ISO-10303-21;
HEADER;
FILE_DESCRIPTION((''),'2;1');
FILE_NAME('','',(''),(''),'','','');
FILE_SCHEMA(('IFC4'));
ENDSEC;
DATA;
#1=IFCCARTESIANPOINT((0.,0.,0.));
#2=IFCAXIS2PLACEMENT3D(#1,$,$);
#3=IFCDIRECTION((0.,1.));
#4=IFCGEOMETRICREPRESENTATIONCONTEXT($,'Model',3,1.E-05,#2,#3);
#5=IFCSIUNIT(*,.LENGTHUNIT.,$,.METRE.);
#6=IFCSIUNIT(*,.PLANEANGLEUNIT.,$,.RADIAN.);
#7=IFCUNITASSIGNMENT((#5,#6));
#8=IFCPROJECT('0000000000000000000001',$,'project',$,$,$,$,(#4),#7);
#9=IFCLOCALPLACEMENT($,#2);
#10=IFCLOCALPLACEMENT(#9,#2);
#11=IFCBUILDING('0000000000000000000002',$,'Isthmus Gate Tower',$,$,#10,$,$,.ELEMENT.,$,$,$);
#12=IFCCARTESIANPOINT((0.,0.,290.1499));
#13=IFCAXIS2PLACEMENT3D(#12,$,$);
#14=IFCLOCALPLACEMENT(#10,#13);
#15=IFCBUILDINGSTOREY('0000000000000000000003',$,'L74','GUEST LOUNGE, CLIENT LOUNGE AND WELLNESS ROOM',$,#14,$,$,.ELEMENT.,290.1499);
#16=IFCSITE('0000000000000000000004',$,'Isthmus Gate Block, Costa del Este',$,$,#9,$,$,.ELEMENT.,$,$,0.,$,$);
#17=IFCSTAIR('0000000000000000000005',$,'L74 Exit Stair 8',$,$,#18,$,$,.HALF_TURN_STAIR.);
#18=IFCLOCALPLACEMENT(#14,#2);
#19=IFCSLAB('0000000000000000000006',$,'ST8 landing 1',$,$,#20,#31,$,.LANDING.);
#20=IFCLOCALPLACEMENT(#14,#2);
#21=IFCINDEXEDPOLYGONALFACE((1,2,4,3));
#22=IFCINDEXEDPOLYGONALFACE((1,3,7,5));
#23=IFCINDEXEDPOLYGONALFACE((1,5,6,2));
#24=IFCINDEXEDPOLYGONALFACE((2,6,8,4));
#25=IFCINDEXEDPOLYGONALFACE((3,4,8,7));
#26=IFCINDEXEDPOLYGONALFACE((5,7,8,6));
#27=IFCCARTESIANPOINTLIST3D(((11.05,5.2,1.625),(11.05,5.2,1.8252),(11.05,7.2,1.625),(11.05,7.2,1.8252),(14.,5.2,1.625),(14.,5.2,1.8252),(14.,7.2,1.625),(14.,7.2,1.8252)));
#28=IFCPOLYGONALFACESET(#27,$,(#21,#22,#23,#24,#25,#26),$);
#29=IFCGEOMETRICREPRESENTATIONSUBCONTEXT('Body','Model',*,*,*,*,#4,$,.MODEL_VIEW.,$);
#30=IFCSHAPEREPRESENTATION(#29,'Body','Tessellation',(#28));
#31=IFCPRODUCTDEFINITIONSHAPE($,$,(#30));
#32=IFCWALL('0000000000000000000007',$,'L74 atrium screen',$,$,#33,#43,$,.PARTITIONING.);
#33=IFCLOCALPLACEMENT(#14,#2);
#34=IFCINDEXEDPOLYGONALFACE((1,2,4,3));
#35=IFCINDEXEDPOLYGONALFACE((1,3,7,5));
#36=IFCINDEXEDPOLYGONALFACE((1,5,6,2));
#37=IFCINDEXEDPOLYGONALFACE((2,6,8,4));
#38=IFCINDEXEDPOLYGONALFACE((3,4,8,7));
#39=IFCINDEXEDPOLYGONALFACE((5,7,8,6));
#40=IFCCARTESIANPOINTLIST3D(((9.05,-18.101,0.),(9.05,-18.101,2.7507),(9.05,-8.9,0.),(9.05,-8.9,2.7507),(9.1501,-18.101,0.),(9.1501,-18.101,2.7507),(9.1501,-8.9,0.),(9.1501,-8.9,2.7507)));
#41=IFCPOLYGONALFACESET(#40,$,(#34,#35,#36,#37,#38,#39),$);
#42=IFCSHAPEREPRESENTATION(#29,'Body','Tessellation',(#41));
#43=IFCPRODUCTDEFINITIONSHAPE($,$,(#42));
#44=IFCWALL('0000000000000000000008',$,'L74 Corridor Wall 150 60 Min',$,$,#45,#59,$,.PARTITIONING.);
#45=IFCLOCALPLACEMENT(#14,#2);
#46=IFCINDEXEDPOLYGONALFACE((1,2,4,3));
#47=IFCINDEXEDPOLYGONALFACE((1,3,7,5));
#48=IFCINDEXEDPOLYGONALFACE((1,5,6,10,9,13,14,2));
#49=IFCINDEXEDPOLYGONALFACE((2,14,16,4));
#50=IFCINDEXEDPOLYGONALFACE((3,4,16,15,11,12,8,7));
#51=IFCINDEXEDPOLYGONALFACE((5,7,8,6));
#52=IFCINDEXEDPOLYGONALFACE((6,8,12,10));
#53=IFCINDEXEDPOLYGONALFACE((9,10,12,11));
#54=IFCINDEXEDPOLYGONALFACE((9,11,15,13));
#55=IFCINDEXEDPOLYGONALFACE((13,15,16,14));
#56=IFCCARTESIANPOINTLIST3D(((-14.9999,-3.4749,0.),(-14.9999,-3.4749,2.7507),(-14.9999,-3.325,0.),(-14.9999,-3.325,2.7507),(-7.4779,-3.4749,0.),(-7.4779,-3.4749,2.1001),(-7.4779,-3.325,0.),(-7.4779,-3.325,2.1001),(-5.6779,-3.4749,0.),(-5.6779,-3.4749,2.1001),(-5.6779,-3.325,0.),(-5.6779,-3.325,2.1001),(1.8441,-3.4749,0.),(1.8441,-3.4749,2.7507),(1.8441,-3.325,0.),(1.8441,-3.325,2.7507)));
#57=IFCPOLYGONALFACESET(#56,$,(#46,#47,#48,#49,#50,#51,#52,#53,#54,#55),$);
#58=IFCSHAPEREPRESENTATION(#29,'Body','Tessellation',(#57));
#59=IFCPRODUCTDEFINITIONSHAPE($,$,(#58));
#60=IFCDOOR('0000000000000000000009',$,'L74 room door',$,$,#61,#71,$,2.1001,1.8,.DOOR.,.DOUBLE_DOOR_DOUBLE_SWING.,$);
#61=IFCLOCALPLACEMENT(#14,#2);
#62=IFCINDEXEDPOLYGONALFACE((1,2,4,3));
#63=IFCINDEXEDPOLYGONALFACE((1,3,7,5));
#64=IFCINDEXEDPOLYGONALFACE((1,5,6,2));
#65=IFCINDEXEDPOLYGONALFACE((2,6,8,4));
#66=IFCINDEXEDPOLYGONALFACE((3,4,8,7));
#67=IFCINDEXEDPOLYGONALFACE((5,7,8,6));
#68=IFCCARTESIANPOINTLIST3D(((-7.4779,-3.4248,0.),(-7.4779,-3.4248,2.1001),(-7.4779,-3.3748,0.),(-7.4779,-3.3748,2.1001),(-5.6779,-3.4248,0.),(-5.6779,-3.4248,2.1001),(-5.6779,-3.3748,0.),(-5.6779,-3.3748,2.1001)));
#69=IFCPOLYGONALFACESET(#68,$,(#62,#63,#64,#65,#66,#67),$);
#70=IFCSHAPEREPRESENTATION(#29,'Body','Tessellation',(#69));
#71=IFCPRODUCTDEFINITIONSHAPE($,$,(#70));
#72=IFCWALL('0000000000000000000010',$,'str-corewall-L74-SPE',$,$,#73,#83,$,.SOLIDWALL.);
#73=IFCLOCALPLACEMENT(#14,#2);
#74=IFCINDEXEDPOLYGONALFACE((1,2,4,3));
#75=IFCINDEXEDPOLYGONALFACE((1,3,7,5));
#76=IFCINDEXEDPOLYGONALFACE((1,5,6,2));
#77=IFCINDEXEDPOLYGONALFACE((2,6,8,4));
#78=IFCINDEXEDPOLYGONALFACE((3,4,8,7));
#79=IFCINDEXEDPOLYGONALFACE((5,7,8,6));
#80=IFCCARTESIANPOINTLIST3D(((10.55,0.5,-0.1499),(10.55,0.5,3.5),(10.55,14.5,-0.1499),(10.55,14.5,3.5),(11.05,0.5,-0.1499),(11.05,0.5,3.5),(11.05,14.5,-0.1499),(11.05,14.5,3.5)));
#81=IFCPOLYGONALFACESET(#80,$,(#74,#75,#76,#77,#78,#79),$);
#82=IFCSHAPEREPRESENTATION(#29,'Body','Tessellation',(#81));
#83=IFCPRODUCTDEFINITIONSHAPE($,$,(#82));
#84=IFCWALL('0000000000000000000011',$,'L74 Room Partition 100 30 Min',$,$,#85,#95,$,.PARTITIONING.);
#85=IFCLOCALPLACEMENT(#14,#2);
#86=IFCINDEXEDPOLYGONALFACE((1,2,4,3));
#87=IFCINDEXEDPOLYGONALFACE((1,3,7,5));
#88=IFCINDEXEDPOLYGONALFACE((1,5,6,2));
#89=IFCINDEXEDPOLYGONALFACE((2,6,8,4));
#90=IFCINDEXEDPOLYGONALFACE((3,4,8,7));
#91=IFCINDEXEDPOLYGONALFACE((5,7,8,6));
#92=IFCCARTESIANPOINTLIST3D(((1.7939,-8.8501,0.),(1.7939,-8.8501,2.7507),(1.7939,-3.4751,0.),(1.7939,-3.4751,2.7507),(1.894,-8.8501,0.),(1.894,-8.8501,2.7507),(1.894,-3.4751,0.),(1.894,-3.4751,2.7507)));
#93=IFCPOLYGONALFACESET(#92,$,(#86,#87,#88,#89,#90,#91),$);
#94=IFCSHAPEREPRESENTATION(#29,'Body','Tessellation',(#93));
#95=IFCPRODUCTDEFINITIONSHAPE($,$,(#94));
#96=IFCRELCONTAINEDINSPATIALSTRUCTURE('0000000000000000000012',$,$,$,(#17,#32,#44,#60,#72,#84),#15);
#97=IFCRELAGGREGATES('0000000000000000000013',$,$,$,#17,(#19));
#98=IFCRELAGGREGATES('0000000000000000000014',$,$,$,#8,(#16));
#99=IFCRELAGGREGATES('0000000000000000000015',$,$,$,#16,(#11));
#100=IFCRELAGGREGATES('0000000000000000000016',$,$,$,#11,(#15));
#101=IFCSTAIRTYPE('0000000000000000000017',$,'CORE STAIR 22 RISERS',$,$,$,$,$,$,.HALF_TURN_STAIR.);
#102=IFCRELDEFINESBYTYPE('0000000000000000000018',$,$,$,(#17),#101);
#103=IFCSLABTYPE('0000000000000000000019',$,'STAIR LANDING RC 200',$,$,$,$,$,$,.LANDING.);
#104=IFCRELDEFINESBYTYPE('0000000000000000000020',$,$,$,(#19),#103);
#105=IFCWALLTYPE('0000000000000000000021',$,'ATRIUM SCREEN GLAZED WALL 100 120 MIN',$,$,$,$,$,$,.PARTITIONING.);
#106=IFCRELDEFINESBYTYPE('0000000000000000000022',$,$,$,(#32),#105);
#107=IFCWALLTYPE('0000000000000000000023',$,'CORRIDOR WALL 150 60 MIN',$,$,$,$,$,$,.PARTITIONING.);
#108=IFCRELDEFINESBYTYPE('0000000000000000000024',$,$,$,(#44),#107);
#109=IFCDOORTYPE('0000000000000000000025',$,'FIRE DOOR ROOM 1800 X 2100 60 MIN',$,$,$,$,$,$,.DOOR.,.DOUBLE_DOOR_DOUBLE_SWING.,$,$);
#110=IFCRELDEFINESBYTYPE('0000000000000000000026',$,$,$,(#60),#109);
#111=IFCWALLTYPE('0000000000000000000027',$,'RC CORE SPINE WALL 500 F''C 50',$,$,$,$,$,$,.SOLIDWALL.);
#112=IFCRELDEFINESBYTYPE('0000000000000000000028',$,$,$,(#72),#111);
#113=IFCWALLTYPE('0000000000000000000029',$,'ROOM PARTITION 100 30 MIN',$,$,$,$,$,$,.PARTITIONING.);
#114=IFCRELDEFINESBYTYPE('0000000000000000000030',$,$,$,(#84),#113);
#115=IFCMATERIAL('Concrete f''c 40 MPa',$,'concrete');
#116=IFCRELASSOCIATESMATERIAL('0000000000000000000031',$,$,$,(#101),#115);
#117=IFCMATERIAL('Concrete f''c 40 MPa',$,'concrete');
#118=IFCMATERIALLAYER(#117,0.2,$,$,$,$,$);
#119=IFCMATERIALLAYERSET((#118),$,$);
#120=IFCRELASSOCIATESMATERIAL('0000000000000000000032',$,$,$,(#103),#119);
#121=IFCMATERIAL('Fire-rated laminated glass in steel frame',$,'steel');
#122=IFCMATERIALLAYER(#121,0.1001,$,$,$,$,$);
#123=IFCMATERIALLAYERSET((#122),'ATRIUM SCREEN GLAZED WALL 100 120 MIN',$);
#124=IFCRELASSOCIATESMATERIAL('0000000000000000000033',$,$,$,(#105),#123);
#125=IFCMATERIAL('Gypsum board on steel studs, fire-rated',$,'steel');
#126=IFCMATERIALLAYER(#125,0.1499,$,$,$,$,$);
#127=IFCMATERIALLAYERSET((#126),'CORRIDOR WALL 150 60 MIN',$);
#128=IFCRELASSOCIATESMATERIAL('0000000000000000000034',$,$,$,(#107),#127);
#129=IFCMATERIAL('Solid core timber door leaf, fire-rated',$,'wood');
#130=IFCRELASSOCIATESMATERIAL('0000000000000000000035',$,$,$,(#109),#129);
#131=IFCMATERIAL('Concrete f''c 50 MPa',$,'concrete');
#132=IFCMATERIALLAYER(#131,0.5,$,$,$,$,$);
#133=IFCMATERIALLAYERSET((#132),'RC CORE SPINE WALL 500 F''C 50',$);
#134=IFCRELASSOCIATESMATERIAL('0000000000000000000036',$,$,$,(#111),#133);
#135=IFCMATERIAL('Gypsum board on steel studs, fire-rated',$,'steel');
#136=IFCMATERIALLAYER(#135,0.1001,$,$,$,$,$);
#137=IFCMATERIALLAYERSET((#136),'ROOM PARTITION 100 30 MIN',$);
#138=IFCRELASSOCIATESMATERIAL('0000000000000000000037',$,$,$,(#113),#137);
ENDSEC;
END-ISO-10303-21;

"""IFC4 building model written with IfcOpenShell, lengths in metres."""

from ifc_helpers import new_model, si_unit, direction, frame, frame_2d, origin, place, context, subcontext, project, spatial, polyline, rectangle, outline, extrude, material, layer, layer_set, type_object, element, fill, aggregate, save


model = new_model("IFC4")

# Units and contexts
model_context = context("Model", 3, precision=1e-05, world=origin(), true_north=direction((0.0, 1.0)))
body_context = subcontext(model_context, "Body", "Model", "MODEL_VIEW")
ifc_project = project(units=[si_unit("LENGTHUNIT", "METRE"), si_unit("PLANEANGLEUNIT", "RADIAN")], contexts=[model_context])

# Site, building, storey
site_placement = place(None, origin())
site = spatial("IfcSite", under=ifc_project, at=site_placement, Name="Isthmus Gate Block, Costa del Este", CompositionType="ELEMENT", RefElevation=0.0)
building_placement = place(site_placement, origin())
building = spatial("IfcBuilding", under=site, at=building_placement, Name="Isthmus Gate Tower", CompositionType="ELEMENT")
storey_placement = place(building_placement, frame((0.0, 0.0, 290.1499)))
storey = spatial("IfcBuildingStorey", under=building, at=storey_placement, Name="L74", Description="GUEST LOUNGE, CLIENT LOUNGE AND WELLNESS ROOM", CompositionType="ELEMENT", Elevation=290.1499)

# Stair, slab
ifc_material_1 = material(Name="Concrete f'c 40 MPa", Category="concrete")
stair_type = type_object("IfcStairType", Name="CORE STAIR 22 RISERS", PredefinedType="HALF_TURN_STAIR", material=ifc_material_1)
ifc_material_2 = material(Name="Concrete f'c 40 MPa", Category="concrete")
ifc_layer_1 = layer(ifc_material_2, 0.2)
ifc_layer_set_1 = layer_set([ifc_layer_1])
slab_type_1 = type_object("IfcSlabType", Name="STAIR LANDING RC 200", PredefinedType="LANDING", material=ifc_layer_set_1)
stair_1_placement = place(storey_placement, origin())
stair_1 = element("IfcStair", 1, at=stair_1_placement, inside=storey, type_object=stair_type, Name="L74 Exit Stair 8", PredefinedType="HALF_TURN_STAIR")
slab_1_placement = place(storey_placement, frame((0.0, 0.0, 1.625)))
slab_1 = element("IfcSlab", 2, at=slab_1_placement, type_object=slab_type_1, Name="ST8 landing 1", PredefinedType="LANDING", context=body_context, shape_type="SweptSolid", body=[
    extrude(outline(polyline([(14.0, 5.2), (14.0, 7.2), (11.05, 7.2), (11.05, 5.2), (14.0, 5.2)])), origin(), (0.0, 0.0, 1.0), 0.2002),
])
aggregate(stair_1, [slab_1])

# Wall
ifc_material_3 = material(Name="Fire-rated laminated glass in steel frame", Category="steel")
ifc_layer_2 = layer(ifc_material_3, 0.1001)
ifc_layer_set_2 = layer_set([ifc_layer_2], Name="ATRIUM SCREEN GLAZED WALL 100 120 MIN")
wall_type_1 = type_object("IfcWallType", Name="ATRIUM SCREEN GLAZED WALL 100 120 MIN", PredefinedType="PARTITIONING", material=ifc_layer_set_2)
wall_1_placement = place(storey_placement, frame((9.1001, -8.8999, 0.0), z_axis=(0.0, 0.0, 1.0), x_axis=(0.0, -1.0, 0.0)))
element("IfcWall", 3, at=wall_1_placement, inside=storey, type_object=wall_type_1, Name="L74 atrium screen", PredefinedType="PARTITIONING", context=body_context, shape_type="SweptSolid", body=[
    extrude(rectangle(XDim=9.2009, YDim=0.1001, at=frame_2d((4.6006, 0.0))), origin(), (0.0, 0.0, 1.0), 2.7507),
])

# Wall, opening, door
ifc_material_4 = material(Name="Gypsum board on steel studs, fire-rated", Category="steel")
ifc_layer_3 = layer(ifc_material_4, 0.1499)
ifc_layer_set_3 = layer_set([ifc_layer_3], Name="CORRIDOR WALL 150 60 MIN")
wall_type_2 = type_object("IfcWallType", Name="CORRIDOR WALL 150 60 MIN", PredefinedType="PARTITIONING", material=ifc_layer_set_3)
wall_2_placement = place(storey_placement, frame((1.844, -3.3999, 0.0), z_axis=(0.0, 0.0, 1.0), x_axis=(-1.0, 0.0, 0.0)))
wall_2 = element("IfcWall", 4, at=wall_2_placement, inside=storey, type_object=wall_type_2, Name="L74 Corridor Wall 150 60 Min", PredefinedType="PARTITIONING", context=body_context, shape_type="SweptSolid", body=[
    extrude(rectangle(XDim=16.844, YDim=0.1499, at=frame_2d((8.4219, 0.0))), origin(), (0.0, 0.0, 1.0), 2.7507),
])
opening_placement = place(wall_2_placement, frame((7.522, 0.0, 0.0)))
opening = element("IfcOpeningElement", 5, at=opening_placement, cuts=wall_2, PredefinedType="OPENING", context=body_context, shape_type="SweptSolid", body=[
    extrude(rectangle(XDim=1.8, YDim=2.1001, at=frame_2d((0.8999, 1.05))), frame((0.0, 0.085, 0.0), z_axis=(0.0, -1.0, 0.0), x_axis=(1.0, 0.0, 0.0)), (0.0, 0.0, 1.0), 0.1699),
])
ifc_material_5 = material(Name="Solid core timber door leaf, fire-rated", Category="wood")
door_type = type_object("IfcDoorType", Name="FIRE DOOR ROOM 1800 X 2100 60 MIN", OperationType="DOUBLE_DOOR_DOUBLE_SWING", PredefinedType="DOOR", material=ifc_material_5)
door_placement = place(opening_placement, origin())
door = element("IfcDoor", 6, at=door_placement, inside=storey, type_object=door_type, Name="L74 room door", OperationType="DOUBLE_DOOR_DOUBLE_SWING", OverallHeight=2.1001, OverallWidth=1.8, PredefinedType="DOOR", context=body_context, shape_type="SweptSolid", body=[
    extrude(rectangle(XDim=1.8, YDim=2.1001, at=frame_2d((0.8999, 1.05))), frame((0.0, 0.0249, 0.0), z_axis=(0.0, -1.0, 0.0), x_axis=(1.0, 0.0, 0.0)), (0.0, 0.0, 1.0), 0.05),
])
fill(opening, door)

# Walls
ifc_material_6 = material(Name="Concrete f'c 50 MPa", Category="concrete")
ifc_layer_4 = layer(ifc_material_6, 0.5)
ifc_layer_set_4 = layer_set([ifc_layer_4], Name="RC CORE SPINE WALL 500 F'C 50")
wall_type_3 = type_object("IfcWallType", Name="RC CORE SPINE WALL 500 F'C 50", PredefinedType="SOLIDWALL", material=ifc_layer_set_4)
wall_3_placement = place(storey_placement, frame((10.8, 0.5, -0.1499), z_axis=(0.0, 0.0, 1.0), x_axis=(0.0, 1.0, 0.0)))
element("IfcWall", 7, at=wall_3_placement, inside=storey, type_object=wall_type_3, Name="str-corewall-L74-SPE", PredefinedType="SOLIDWALL", context=body_context, shape_type="SweptSolid", body=[
    extrude(rectangle(XDim=14.0, YDim=0.5, at=frame_2d((7.0, 0.0))), origin(), (0.0, 0.0, 1.0), 3.6499),
])
ifc_material_7 = material(Name="Gypsum board on steel studs, fire-rated", Category="steel")
ifc_layer_5 = layer(ifc_material_7, 0.1001)
ifc_layer_set_5 = layer_set([ifc_layer_5], Name="ROOM PARTITION 100 30 MIN")
wall_type_4 = type_object("IfcWallType", Name="ROOM PARTITION 100 30 MIN", PredefinedType="PARTITIONING", material=ifc_layer_set_5)
wall_4_placement = place(storey_placement, frame((1.844, -8.8501, 0.0), z_axis=(0.0, 0.0, 1.0), x_axis=(0.0, 1.0, 0.0)))
element("IfcWall", 8, at=wall_4_placement, inside=storey, type_object=wall_type_4, Name="L74 Room Partition 100 30 Min", PredefinedType="PARTITIONING", context=body_context, shape_type="SweptSolid", body=[
    extrude(rectangle(XDim=5.375, YDim=0.1001, at=frame_2d((2.6875, 0.0))), origin(), (0.0, 0.0, 1.0), 2.7507),
])

save(model, "model.ifc")
